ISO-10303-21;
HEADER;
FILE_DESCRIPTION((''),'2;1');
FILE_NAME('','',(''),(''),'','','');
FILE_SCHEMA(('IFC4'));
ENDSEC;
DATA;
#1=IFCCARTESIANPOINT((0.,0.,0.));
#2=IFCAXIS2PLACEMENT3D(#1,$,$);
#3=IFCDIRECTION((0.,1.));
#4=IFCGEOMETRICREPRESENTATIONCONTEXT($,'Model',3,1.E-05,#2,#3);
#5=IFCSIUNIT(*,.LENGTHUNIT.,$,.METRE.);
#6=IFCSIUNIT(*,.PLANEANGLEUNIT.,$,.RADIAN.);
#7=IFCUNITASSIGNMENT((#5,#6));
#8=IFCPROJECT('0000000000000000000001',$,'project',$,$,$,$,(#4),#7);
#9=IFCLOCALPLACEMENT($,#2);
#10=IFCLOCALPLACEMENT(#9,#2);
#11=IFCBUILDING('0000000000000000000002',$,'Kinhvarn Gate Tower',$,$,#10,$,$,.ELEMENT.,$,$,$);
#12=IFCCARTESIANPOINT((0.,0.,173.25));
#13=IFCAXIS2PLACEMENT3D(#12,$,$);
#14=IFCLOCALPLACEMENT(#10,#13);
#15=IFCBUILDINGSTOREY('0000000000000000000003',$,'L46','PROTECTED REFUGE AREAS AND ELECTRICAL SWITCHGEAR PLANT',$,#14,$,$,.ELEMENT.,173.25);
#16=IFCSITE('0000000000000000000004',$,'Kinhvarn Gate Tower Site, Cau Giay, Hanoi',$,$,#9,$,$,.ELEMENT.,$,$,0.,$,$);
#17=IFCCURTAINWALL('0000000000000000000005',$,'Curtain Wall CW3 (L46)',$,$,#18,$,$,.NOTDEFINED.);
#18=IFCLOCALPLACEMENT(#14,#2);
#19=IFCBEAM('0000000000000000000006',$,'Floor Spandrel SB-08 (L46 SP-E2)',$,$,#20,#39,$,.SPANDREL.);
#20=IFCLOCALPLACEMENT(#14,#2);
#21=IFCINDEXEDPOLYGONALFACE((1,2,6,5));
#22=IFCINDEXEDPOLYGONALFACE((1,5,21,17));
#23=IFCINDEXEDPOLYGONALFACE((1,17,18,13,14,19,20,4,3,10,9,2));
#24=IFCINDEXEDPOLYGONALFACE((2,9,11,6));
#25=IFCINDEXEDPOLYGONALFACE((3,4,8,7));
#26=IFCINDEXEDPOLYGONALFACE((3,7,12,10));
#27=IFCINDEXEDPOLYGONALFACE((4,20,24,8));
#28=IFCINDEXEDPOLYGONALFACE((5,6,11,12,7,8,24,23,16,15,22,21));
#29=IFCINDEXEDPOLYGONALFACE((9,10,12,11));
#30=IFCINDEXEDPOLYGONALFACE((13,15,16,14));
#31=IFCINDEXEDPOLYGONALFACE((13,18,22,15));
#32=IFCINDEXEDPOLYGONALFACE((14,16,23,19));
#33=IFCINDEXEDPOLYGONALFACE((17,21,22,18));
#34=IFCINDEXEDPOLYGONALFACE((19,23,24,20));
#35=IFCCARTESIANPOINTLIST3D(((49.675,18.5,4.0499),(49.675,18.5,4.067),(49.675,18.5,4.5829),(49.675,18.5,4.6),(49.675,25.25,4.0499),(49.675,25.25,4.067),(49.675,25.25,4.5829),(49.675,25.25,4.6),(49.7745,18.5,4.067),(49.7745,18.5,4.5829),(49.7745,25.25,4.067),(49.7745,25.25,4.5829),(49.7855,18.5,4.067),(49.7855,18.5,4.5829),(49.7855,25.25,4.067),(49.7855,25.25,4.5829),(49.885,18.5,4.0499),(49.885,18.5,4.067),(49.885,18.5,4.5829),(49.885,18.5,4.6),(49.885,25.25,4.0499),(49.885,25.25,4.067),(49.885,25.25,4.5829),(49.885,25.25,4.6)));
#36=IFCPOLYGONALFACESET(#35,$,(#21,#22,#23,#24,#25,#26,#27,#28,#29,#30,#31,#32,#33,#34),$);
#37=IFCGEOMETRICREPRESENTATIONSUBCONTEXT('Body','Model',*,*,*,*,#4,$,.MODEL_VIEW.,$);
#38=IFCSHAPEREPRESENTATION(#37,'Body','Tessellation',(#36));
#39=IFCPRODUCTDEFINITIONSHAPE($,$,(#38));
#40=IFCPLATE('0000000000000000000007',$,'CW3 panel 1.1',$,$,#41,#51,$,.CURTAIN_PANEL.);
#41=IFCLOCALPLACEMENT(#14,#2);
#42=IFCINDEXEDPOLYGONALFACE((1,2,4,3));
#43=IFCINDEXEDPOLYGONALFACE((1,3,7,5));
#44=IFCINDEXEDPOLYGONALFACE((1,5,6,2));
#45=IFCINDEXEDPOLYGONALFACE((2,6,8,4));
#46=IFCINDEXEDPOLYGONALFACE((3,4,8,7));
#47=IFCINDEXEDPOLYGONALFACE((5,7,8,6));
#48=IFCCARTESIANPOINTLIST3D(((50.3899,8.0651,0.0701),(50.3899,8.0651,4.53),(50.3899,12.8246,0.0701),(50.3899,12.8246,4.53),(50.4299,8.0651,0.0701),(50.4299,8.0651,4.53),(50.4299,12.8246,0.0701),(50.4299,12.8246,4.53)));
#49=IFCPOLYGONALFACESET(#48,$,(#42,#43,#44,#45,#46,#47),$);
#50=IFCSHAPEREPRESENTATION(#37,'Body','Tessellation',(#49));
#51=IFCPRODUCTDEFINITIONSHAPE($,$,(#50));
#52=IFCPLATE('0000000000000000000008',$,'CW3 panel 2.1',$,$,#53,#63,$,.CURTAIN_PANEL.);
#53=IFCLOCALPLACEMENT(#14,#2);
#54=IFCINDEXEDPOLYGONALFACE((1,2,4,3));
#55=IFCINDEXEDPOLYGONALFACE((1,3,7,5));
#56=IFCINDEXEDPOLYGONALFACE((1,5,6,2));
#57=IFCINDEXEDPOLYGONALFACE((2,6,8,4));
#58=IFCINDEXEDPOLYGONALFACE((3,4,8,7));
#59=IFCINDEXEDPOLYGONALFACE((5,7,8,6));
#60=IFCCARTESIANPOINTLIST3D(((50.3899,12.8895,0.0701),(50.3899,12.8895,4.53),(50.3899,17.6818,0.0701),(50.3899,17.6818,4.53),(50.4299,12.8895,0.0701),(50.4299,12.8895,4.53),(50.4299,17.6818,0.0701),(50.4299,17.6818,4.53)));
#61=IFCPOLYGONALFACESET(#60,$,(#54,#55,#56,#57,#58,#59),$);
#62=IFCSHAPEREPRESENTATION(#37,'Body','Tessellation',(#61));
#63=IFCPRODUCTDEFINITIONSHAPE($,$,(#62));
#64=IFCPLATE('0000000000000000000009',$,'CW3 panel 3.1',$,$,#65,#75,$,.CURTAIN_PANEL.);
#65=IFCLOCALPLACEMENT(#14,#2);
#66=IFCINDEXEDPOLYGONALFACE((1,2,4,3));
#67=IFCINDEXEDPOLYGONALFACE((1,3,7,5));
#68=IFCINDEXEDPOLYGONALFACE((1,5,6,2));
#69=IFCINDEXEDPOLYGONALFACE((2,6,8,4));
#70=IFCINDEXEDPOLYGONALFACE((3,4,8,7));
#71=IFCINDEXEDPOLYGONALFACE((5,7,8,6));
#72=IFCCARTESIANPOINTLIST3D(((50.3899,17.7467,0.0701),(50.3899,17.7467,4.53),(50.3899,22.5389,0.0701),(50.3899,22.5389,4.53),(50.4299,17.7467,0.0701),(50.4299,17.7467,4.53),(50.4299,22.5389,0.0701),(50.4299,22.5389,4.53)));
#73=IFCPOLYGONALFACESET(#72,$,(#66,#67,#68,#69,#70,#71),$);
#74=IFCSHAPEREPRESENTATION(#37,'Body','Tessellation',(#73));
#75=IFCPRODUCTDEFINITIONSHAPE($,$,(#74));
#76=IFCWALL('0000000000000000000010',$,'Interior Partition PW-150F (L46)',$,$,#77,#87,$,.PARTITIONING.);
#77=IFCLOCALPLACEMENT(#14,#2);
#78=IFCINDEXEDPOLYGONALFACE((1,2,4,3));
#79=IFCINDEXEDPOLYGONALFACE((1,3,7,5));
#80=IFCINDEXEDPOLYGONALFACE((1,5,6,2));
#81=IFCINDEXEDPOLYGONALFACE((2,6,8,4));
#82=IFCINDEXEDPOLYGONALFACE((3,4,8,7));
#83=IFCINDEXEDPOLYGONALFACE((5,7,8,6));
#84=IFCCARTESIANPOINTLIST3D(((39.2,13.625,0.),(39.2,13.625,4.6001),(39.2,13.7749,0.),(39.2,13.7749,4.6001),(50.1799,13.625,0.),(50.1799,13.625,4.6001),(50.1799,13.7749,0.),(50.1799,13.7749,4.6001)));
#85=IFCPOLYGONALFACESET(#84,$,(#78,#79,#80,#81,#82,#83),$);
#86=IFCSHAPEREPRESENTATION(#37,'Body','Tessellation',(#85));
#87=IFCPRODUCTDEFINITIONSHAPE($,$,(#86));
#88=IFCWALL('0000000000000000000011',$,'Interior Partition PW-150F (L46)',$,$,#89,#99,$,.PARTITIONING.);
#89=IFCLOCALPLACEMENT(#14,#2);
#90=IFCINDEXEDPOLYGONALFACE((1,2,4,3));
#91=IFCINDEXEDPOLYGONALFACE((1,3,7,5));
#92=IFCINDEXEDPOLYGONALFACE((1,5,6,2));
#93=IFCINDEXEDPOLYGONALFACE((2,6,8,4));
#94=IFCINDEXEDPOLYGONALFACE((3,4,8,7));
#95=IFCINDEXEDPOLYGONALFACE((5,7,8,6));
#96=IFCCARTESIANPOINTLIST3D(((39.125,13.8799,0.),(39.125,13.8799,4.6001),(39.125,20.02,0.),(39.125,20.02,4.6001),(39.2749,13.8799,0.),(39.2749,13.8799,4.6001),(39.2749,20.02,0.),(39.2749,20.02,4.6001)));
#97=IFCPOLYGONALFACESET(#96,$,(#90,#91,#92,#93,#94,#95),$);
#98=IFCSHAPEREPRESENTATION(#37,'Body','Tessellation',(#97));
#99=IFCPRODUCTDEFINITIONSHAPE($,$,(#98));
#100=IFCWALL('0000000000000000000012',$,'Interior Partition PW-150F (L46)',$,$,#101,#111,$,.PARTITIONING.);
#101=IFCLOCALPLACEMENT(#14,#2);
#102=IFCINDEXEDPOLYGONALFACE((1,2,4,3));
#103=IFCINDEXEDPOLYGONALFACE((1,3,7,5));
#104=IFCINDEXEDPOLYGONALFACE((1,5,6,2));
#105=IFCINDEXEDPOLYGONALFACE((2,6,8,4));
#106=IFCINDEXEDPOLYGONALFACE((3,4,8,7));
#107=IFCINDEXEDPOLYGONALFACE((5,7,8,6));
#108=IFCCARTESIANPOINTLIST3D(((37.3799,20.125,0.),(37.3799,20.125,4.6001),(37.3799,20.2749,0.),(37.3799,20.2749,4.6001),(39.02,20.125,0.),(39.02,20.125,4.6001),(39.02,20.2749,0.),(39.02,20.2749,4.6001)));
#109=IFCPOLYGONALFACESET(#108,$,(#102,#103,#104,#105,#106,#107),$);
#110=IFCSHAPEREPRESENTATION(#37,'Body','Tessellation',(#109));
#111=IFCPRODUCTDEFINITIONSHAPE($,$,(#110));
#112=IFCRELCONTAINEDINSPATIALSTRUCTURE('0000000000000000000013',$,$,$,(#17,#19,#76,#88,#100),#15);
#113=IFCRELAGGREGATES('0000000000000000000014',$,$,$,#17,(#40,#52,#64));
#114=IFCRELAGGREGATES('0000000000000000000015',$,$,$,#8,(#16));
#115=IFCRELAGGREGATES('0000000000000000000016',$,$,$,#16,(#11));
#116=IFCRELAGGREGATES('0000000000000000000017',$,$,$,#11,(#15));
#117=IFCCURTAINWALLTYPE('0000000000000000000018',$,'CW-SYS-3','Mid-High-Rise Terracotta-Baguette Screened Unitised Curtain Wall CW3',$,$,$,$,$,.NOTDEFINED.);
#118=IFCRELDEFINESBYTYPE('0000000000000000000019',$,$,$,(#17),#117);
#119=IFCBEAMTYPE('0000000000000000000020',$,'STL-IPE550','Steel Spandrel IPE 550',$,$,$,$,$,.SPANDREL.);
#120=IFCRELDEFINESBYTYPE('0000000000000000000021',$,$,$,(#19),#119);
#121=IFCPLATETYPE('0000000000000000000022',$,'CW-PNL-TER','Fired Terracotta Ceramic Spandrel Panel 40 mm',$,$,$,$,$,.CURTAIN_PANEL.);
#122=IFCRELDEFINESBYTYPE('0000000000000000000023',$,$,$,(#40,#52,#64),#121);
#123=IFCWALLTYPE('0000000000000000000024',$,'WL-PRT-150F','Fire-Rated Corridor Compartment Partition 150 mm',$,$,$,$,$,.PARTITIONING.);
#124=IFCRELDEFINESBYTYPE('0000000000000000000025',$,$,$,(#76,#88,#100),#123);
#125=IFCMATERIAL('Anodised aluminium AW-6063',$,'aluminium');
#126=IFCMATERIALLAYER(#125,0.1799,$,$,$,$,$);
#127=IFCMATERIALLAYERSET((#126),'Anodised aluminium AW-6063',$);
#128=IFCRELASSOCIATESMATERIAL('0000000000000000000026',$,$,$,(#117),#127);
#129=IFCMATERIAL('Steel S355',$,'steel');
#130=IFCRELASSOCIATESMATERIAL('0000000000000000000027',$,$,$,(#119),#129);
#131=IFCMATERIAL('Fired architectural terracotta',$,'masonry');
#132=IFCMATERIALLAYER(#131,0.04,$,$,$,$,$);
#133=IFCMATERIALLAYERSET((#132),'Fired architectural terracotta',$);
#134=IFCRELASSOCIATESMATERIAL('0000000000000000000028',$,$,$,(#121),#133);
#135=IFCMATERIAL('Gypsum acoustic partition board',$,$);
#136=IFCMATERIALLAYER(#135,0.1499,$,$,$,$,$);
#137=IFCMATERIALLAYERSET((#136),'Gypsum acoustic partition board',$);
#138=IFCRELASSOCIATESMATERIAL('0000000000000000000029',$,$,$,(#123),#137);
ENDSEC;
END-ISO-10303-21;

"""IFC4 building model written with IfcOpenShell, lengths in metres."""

from ifc_helpers import new_model, si_unit, direction, frame, frame_2d, origin, origin_2d, place, context, subcontext, project, spatial, rectangle, i_section, extrude, material, layer, layer_set, material_profile, profile_set, type_object, element, aggregate, save


model = new_model("IFC4")

# Units and contexts
model_context = context("Model", 3, precision=1e-05, world=origin(), true_north=direction((0.0, 1.0)))
body_context = subcontext(model_context, "Body", "Model", "MODEL_VIEW")
ifc_project = project(units=[si_unit("LENGTHUNIT", "METRE"), si_unit("PLANEANGLEUNIT", "RADIAN")], contexts=[model_context])

# Site, building, storey
site_placement = place(None, origin())
site = spatial("IfcSite", under=ifc_project, at=site_placement, Name="Kinhvarn Gate Tower Site, Cau Giay, Hanoi", CompositionType="ELEMENT", RefElevation=0.0)
building_placement = place(site_placement, origin())
building = spatial("IfcBuilding", under=site, at=building_placement, Name="Kinhvarn Gate Tower", CompositionType="ELEMENT")
storey_placement = place(building_placement, frame((0.0, 0.0, 173.25)))
storey = spatial("IfcBuildingStorey", under=building, at=storey_placement, Name="L46", Description="PROTECTED REFUGE AREAS AND ELECTRICAL SWITCHGEAR PLANT", CompositionType="ELEMENT", Elevation=173.25)

# Curtain wall
ifc_material_1 = material(Name="Anodised aluminium AW-6063", Category="aluminium")
ifc_layer_1 = layer(ifc_material_1, 0.1799)
ifc_layer_set_1 = layer_set([ifc_layer_1], Name="Anodised aluminium AW-6063")
curtain_wall_type = type_object("IfcCurtainWallType", Name="CW-SYS-3", Description="Mid-High-Rise Terracotta-Baguette Screened Unitised Curtain Wall CW3", PredefinedType="NOTDEFINED", material=ifc_layer_set_1)
curtain_wall_placement = place(storey_placement, origin())
curtain_wall = element("IfcCurtainWall", 1, at=curtain_wall_placement, inside=storey, type_object=curtain_wall_type, Name="Curtain Wall CW3 (L46)", PredefinedType="NOTDEFINED")

# Shared definitions
ifc_material_2 = material(Name="Steel S355", Category="steel")

# Beam
ifc_material_profile_1 = material_profile(ifc_material_2, i_section(OverallWidth=0.21, OverallDepth=0.55, WebThickness=0.011, FlangeThickness=0.0171, at=origin_2d()), Name="IPE 550")
ifc_profile_set_1 = profile_set([ifc_material_profile_1], Name="Steel S355")
beam_type_1 = type_object("IfcBeamType", Name="STL-IPE550", Description="Steel Spandrel IPE 550", PredefinedType="SPANDREL", material=ifc_profile_set_1)
beam_1_placement = place(storey_placement, frame((49.78, 18.5, 4.325), z_axis=(0.0, 1.0, 0.0), x_axis=(-1.0, 0.0, 0.0)))
element("IfcBeam", 2, at=beam_1_placement, inside=storey, type_object=beam_type_1, Name="Floor Spandrel SB-08 (L46 SP-E2)", PredefinedType="SPANDREL", context=body_context, shape_type="SweptSolid", body=[
    extrude(i_section(OverallWidth=0.21, OverallDepth=0.55, WebThickness=0.011, FlangeThickness=0.0171, at=origin_2d()), origin(), (0.0, 0.0, 1.0), 6.75),
])

# Plates
ifc_material_3 = material(Name="Fired architectural terracotta", Category="masonry")
ifc_layer_2 = layer(ifc_material_3, 0.04)
ifc_layer_set_2 = layer_set([ifc_layer_2], Name="Fired architectural terracotta")
plate_type = type_object("IfcPlateType", Name="CW-PNL-TER", Description="Fired Terracotta Ceramic Spandrel Panel 40 mm", PredefinedType="CURTAIN_PANEL", material=ifc_layer_set_2)
plate_1_placement = place(storey_placement, frame((50.4099, 10.4448, 0.0701), z_axis=(0.0, 0.0, 1.0), x_axis=(0.0, 1.0, 0.0)))
plate_1 = element("IfcPlate", 3, at=plate_1_placement, type_object=plate_type, Name="CW3 panel 1.1", PredefinedType="CURTAIN_PANEL", context=body_context, shape_type="SweptSolid", body=[
    extrude(rectangle(XDim=4.7595, YDim=0.04, at=origin_2d()), origin(), (0.0, 0.0, 1.0), 4.46),
])
plate_2_placement = place(storey_placement, frame((50.4099, 15.2856, 0.0701), z_axis=(0.0, 0.0, 1.0), x_axis=(0.0, 1.0, 0.0)))
plate_2 = element("IfcPlate", 4, at=plate_2_placement, type_object=plate_type, Name="CW3 panel 2.1", PredefinedType="CURTAIN_PANEL", context=body_context, shape_type="SweptSolid", body=[
    extrude(rectangle(XDim=4.7922, YDim=0.04, at=origin_2d()), origin(), (0.0, 0.0, 1.0), 4.46),
])
plate_3_placement = place(storey_placement, frame((50.4099, 20.1428, 0.0701), z_axis=(0.0, 0.0, 1.0), x_axis=(0.0, 1.0, 0.0)))
plate_3 = element("IfcPlate", 5, at=plate_3_placement, type_object=plate_type, Name="CW3 panel 3.1", PredefinedType="CURTAIN_PANEL", context=body_context, shape_type="SweptSolid", body=[
    extrude(rectangle(XDim=4.7922, YDim=0.04, at=origin_2d()), origin(), (0.0, 0.0, 1.0), 4.46),
])
aggregate(curtain_wall, [plate_1, plate_2, plate_3])

# Shared definitions
ifc_material_4 = material(Name="Gypsum acoustic partition board")
ifc_layer_3 = layer(ifc_material_4, 0.1499)
ifc_layer_set_3 = layer_set([ifc_layer_3], Name="Gypsum acoustic partition board")
wall_type = type_object("IfcWallType", Name="WL-PRT-150F", Description="Fire-Rated Corridor Compartment Partition 150 mm", PredefinedType="PARTITIONING", material=ifc_layer_set_3)

# Walls
wall_1_placement = place(storey_placement, frame((50.1799, 13.7, 0.0), z_axis=(0.0, 0.0, 1.0), x_axis=(-1.0, 0.0, 0.0)))
element("IfcWall", 6, at=wall_1_placement, inside=storey, type_object=wall_type, Name="Interior Partition PW-150F (L46)", PredefinedType="PARTITIONING", context=body_context, shape_type="SweptSolid", body=[
    extrude(rectangle(XDim=10.98, YDim=0.1499, at=frame_2d((5.49, 0.0))), origin(), (0.0, 0.0, 1.0), 4.6001),
])
wall_2_placement = place(storey_placement, frame((39.2, 13.8799, 0.0), z_axis=(0.0, 0.0, 1.0), x_axis=(0.0, 1.0, 0.0)))
element("IfcWall", 7, at=wall_2_placement, inside=storey, type_object=wall_type, Name="Interior Partition PW-150F (L46)", PredefinedType="PARTITIONING", context=body_context, shape_type="SweptSolid", body=[
    extrude(rectangle(XDim=6.1401, YDim=0.1499, at=frame_2d((3.0701, 0.0))), origin(), (0.0, 0.0, 1.0), 4.6001),
])
wall_3_placement = place(storey_placement, frame((39.02, 20.2, 0.0), z_axis=(0.0, 0.0, 1.0), x_axis=(-1.0, 0.0, 0.0)))
element("IfcWall", 8, at=wall_3_placement, inside=storey, type_object=wall_type, Name="Interior Partition PW-150F (L46)", PredefinedType="PARTITIONING", context=body_context, shape_type="SweptSolid", body=[
    extrude(rectangle(XDim=1.6401, YDim=0.1499, at=frame_2d((0.8201, 0.0))), origin(), (0.0, 0.0, 1.0), 4.6001),
])

save(model, "model.ifc")
